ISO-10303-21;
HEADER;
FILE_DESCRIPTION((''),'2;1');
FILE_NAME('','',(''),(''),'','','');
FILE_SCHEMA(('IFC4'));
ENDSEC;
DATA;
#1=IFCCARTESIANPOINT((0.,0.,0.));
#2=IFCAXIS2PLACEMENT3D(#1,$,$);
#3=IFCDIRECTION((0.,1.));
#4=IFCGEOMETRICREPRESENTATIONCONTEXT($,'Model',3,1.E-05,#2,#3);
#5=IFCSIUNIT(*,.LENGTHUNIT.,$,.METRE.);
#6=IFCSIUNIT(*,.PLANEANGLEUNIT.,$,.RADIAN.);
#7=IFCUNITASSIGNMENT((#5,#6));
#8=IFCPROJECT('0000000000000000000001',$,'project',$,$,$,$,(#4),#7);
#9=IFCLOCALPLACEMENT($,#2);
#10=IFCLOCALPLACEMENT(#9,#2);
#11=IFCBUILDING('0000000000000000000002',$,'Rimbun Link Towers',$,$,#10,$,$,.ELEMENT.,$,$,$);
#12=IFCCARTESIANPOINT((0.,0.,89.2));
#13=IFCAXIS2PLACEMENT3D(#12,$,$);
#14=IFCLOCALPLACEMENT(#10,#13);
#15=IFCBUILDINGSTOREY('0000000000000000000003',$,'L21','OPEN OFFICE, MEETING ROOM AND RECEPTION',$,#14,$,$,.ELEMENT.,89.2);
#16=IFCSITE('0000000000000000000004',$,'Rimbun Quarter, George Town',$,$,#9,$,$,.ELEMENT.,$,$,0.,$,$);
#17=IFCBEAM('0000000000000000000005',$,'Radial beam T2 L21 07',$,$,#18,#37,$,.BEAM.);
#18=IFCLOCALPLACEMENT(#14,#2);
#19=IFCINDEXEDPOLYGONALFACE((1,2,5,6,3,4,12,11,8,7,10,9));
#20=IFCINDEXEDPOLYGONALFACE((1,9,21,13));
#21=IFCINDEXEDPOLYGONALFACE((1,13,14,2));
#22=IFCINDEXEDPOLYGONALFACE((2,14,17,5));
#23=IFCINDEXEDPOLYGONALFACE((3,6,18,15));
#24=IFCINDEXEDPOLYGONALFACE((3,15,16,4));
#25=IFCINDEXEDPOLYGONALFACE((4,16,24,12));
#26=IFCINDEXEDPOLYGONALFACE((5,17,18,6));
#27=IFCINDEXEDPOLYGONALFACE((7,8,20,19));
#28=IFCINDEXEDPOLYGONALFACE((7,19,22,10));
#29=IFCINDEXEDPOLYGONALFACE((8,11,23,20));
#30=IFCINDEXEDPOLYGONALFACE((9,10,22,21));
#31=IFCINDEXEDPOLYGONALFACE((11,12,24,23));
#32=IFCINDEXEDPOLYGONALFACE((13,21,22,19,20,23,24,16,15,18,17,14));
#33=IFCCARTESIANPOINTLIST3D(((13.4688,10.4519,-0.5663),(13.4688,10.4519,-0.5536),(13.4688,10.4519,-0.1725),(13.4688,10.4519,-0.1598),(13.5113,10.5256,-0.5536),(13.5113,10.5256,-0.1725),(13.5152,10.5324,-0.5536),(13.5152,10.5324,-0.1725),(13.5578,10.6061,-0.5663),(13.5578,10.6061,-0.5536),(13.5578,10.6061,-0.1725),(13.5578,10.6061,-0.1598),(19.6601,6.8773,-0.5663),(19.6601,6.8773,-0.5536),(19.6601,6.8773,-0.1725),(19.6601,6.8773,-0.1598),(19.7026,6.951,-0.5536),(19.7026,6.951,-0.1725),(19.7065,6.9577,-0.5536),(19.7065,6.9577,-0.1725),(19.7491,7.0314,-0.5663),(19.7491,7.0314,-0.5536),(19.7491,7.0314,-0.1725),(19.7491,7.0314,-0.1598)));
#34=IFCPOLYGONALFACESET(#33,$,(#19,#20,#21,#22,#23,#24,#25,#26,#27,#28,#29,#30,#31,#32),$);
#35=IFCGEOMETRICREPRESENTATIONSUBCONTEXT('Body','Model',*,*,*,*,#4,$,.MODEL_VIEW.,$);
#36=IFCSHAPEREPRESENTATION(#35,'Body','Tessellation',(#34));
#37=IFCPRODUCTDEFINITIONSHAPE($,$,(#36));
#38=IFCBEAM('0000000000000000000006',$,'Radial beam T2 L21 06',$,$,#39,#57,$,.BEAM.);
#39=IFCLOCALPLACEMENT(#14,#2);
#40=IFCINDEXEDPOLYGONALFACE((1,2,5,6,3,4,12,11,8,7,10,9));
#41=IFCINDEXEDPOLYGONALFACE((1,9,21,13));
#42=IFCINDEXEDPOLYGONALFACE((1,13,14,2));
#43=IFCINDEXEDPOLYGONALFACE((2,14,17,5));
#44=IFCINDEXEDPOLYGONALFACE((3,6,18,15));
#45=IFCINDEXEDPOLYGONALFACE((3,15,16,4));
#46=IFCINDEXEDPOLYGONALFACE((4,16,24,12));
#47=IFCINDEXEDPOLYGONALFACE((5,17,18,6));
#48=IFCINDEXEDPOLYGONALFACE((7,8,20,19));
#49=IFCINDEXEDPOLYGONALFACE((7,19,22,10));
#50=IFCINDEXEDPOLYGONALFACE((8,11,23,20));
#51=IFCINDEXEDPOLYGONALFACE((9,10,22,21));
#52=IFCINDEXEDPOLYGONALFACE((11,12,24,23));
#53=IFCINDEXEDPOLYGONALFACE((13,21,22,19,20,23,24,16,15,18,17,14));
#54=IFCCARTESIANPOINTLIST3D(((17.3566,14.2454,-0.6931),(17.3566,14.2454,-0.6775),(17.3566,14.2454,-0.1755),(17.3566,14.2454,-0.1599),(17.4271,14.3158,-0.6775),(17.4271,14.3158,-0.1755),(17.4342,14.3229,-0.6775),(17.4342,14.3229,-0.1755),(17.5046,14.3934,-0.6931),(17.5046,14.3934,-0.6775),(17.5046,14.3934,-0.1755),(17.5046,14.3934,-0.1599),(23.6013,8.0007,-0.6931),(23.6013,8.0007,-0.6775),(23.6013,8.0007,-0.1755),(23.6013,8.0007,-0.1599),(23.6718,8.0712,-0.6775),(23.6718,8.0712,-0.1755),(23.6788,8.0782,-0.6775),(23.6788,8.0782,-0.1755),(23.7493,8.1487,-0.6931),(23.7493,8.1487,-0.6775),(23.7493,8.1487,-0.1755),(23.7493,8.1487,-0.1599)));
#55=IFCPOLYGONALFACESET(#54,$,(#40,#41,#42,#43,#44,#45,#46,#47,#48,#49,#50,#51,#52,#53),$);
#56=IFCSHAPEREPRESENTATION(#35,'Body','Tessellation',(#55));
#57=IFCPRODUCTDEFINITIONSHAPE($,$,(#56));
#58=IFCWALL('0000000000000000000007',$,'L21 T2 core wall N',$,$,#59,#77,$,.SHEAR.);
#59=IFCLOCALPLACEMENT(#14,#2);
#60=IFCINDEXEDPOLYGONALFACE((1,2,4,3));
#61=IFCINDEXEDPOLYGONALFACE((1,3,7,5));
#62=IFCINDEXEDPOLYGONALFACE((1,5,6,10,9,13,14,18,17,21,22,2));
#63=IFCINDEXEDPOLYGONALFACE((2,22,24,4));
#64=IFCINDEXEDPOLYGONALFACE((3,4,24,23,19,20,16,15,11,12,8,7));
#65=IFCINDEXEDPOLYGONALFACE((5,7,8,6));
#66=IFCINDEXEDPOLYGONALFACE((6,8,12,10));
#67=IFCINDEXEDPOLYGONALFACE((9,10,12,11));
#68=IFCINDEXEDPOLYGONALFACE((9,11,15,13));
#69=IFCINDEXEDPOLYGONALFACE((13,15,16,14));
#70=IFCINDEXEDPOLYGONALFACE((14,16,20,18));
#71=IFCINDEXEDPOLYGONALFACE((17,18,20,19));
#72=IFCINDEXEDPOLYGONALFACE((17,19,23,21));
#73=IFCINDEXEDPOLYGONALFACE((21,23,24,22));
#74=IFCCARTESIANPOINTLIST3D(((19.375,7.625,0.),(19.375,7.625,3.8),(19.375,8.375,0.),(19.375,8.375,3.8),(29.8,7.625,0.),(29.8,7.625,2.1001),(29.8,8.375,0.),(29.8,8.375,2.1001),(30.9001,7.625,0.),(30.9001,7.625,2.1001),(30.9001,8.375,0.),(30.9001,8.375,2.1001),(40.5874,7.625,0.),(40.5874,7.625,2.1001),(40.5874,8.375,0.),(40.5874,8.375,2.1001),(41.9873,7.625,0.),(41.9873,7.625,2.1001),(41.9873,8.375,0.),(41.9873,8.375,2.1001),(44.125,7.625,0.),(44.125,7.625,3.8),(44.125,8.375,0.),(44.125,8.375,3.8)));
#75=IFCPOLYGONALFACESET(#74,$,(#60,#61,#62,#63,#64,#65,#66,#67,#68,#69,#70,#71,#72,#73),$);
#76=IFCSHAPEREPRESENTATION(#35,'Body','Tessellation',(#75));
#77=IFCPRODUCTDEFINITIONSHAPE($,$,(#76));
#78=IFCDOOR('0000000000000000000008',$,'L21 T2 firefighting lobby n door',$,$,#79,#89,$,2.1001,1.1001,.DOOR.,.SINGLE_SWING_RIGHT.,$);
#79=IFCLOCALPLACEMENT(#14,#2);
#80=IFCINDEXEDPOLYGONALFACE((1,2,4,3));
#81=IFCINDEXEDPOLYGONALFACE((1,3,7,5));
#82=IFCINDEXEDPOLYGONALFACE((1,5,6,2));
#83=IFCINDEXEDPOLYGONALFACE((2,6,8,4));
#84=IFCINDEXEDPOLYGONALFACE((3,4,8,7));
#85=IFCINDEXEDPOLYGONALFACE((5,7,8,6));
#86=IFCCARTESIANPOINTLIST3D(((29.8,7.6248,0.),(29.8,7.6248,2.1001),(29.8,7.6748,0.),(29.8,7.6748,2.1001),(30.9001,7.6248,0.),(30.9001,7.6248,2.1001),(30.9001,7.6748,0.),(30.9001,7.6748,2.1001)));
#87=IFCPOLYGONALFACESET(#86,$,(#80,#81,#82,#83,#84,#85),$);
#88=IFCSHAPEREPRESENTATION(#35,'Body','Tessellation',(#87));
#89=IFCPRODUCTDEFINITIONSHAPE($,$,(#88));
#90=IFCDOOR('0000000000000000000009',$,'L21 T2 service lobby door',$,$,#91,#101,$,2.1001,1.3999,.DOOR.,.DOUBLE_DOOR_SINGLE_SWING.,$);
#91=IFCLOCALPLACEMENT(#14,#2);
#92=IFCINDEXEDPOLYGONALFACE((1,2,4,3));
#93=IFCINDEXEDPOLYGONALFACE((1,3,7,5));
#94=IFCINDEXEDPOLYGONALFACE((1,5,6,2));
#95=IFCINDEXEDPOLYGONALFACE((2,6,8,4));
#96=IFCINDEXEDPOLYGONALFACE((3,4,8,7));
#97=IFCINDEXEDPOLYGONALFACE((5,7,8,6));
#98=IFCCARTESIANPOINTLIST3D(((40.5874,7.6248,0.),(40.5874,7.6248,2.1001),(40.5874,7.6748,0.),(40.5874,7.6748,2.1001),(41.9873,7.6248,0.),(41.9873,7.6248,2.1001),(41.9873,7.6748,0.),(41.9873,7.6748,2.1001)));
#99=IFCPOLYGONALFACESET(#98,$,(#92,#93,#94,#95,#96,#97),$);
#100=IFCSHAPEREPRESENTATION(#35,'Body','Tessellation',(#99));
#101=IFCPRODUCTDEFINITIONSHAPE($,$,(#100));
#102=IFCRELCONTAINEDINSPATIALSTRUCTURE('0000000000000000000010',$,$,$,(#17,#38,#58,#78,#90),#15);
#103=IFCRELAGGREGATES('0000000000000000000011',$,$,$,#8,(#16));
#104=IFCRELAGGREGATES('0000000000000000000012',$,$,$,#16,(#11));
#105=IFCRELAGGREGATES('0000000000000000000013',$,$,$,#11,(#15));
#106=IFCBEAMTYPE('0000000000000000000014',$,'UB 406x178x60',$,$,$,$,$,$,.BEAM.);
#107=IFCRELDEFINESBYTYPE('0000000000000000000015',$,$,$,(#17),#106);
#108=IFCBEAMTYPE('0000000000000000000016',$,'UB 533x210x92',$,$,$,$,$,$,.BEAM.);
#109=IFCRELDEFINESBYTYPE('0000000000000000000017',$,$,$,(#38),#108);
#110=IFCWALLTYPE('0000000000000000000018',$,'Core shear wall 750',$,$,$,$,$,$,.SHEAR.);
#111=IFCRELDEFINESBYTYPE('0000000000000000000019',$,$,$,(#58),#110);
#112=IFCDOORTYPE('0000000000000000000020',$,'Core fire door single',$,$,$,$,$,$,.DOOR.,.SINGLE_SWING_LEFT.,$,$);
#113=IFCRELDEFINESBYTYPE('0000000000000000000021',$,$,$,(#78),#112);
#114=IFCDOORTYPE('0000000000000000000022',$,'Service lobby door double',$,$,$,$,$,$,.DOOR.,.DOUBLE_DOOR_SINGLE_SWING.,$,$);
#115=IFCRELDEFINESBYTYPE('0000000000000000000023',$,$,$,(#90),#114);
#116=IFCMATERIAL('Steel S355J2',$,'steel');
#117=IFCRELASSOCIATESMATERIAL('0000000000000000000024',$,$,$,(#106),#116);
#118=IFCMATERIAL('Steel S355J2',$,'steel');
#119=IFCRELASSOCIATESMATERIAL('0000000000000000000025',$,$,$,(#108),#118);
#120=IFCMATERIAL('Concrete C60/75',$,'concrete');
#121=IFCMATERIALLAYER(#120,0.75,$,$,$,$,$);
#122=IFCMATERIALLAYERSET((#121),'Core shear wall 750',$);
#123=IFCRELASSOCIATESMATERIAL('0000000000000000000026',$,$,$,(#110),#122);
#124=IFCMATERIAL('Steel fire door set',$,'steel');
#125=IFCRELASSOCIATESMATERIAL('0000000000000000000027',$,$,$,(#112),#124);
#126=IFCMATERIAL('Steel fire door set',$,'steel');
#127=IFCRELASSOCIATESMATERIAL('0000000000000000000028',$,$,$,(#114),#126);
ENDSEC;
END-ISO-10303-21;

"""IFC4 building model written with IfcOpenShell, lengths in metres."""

from ifc_helpers import new_model, si_unit, direction, frame, frame_2d, origin, origin_2d, place, context, subcontext, project, spatial, rectangle, i_section, extrude, material, layer, layer_set, material_profile, profile_set, type_object, element, fill, save


model = new_model("IFC4")

# Units and contexts
model_context = context("Model", 3, precision=1e-05, world=origin(), true_north=direction((0.0, 1.0)))
body_context = subcontext(model_context, "Body", "Model", "MODEL_VIEW")
ifc_project = project(units=[si_unit("LENGTHUNIT", "METRE"), si_unit("PLANEANGLEUNIT", "RADIAN")], contexts=[model_context])

# Site, building, storey
site_placement = place(None, origin())
site = spatial("IfcSite", under=ifc_project, at=site_placement, Name="Rimbun Quarter, George Town", CompositionType="ELEMENT", RefElevation=0.0)
building_placement = place(site_placement, origin())
building = spatial("IfcBuilding", under=site, at=building_placement, Name="Rimbun Link Towers", CompositionType="ELEMENT")
storey_placement = place(building_placement, frame((0.0, 0.0, 89.2)))
storey = spatial("IfcBuildingStorey", under=building, at=storey_placement, Name="L21", Description="OPEN OFFICE, MEETING ROOM AND RECEPTION", CompositionType="ELEMENT", Elevation=89.2)

# Beams
ifc_material_1 = material(Name="Steel S355J2", Category="steel")
ifc_material_profile_1 = material_profile(ifc_material_1, i_section(OverallWidth=0.178, OverallDepth=0.4065, WebThickness=0.0078, FlangeThickness=0.0127, at=origin_2d()), Name="UB 406x178x60")
ifc_profile_set_1 = profile_set([ifc_material_profile_1], Name="Steel S355J2")
beam_type_1 = type_object("IfcBeamType", Name="UB 406x178x60", PredefinedType="BEAM", material=ifc_profile_set_1)
beam_1_placement = place(storey_placement, frame((19.7046, 6.9543, -0.363), z_axis=(-0.86602, 0.50001, 0.0), x_axis=(-0.50001, -0.86602, 0.0)))
element("IfcBeam", 1, at=beam_1_placement, inside=storey, type_object=beam_type_1, Name="Radial beam T2 L21 07", PredefinedType="BEAM", context=body_context, shape_type="SweptSolid", body=[
    extrude(i_section(OverallWidth=0.178, OverallDepth=0.4065, WebThickness=0.0078, FlangeThickness=0.0127, at=origin_2d()), origin(), (0.0, 0.0, 1.0), 7.1492),
])
ifc_material_2 = material(Name="Steel S355J2", Category="steel")
ifc_material_profile_2 = material_profile(ifc_material_2, i_section(OverallWidth=0.2092, OverallDepth=0.5332, WebThickness=0.01, FlangeThickness=0.0156, at=origin_2d()), Name="UB 533x210x92")
ifc_profile_set_2 = profile_set([ifc_material_profile_2], Name="Steel S355J2")
beam_type_2 = type_object("IfcBeamType", Name="UB 533x210x92", PredefinedType="BEAM", material=ifc_profile_set_2)
beam_2_placement = place(storey_placement, frame((23.6753, 8.0747, -0.4265), z_axis=(-0.707107, 0.707107, 0.0), x_axis=(-0.707107, -0.707107, 0.0)))
element("IfcBeam", 2, at=beam_2_placement, inside=storey, type_object=beam_type_2, Name="Radial beam T2 L21 06", PredefinedType="BEAM", context=body_context, shape_type="SweptSolid", body=[
    extrude(i_section(OverallWidth=0.2092, OverallDepth=0.5332, WebThickness=0.01, FlangeThickness=0.0156, at=origin_2d()), origin(), (0.0, 0.0, 1.0), 8.8313),
])

# Wall, openings, doors
ifc_material_3 = material(Name="Concrete C60/75", Category="concrete")
ifc_layer_1 = layer(ifc_material_3, 0.75)
ifc_layer_set_1 = layer_set([ifc_layer_1], Name="Core shear wall 750")
wall_type_1 = type_object("IfcWallType", Name="Core shear wall 750", PredefinedType="SHEAR", material=ifc_layer_set_1)
wall_1_placement = place(storey_placement, frame((19.375, 8.0, 0.0), z_axis=(0.0, 0.0, 1.0), x_axis=(1.0, 0.0, 0.0)))
wall_1 = element("IfcWall", 3, at=wall_1_placement, inside=storey, type_object=wall_type_1, Name="L21 T2 core wall N", PredefinedType="SHEAR", context=body_context, shape_type="SweptSolid", body=[
    extrude(rectangle(XDim=24.75, YDim=0.75, at=frame_2d((12.375, 0.0))), origin(), (0.0, 0.0, 1.0), 3.8),
])
opening_1_placement = place(wall_1_placement, frame((10.425, 0.0, 0.0)))
opening_1 = element("IfcOpeningElement", 4, at=opening_1_placement, cuts=wall_1, PredefinedType="OPENING", context=body_context, shape_type="SweptSolid", body=[
    extrude(rectangle(XDim=1.1001, YDim=2.1001, at=frame_2d((0.55, 1.05))), frame((0.0, 0.385, 0.0), z_axis=(0.0, -1.0, 0.0), x_axis=(1.0, 0.0, 0.0)), (0.0, 0.0, 1.0), 0.77),
])
opening_2_placement = place(wall_1_placement, frame((21.2124, 0.0, 0.0)))
opening_2 = element("IfcOpeningElement", 5, at=opening_2_placement, cuts=wall_1, PredefinedType="OPENING", context=body_context, shape_type="SweptSolid", body=[
    extrude(rectangle(XDim=1.3999, YDim=2.1001, at=frame_2d((0.7, 1.05))), frame((0.0, 0.385, 0.0), z_axis=(0.0, -1.0, 0.0), x_axis=(1.0, 0.0, 0.0)), (0.0, 0.0, 1.0), 0.77),
])
ifc_material_4 = material(Name="Steel fire door set", Category="steel")
door_type_1 = type_object("IfcDoorType", Name="Core fire door single", OperationType="SINGLE_SWING_LEFT", PredefinedType="DOOR", material=ifc_material_4)
door_1_placement = place(opening_1_placement, origin())
door_1 = element("IfcDoor", 6, at=door_1_placement, inside=storey, type_object=door_type_1, Name="L21 T2 firefighting lobby n door", OperationType="SINGLE_SWING_RIGHT", OverallHeight=2.1001, OverallWidth=1.1001, PredefinedType="DOOR", context=body_context, shape_type="SweptSolid", body=[
    extrude(rectangle(XDim=1.1001, YDim=2.1001, at=frame_2d((0.55, 1.05))), frame((0.0, -0.3252, 0.0), z_axis=(0.0, -1.0, 0.0), x_axis=(1.0, 0.0, 0.0)), (0.0, 0.0, 1.0), 0.05),
])
fill(opening_1, door_1)
ifc_material_5 = material(Name="Steel fire door set", Category="steel")
door_type_2 = type_object("IfcDoorType", Name="Service lobby door double", OperationType="DOUBLE_DOOR_SINGLE_SWING", PredefinedType="DOOR", material=ifc_material_5)
door_2_placement = place(opening_2_placement, origin())
door_2 = element("IfcDoor", 7, at=door_2_placement, inside=storey, type_object=door_type_2, Name="L21 T2 service lobby door", OperationType="DOUBLE_DOOR_SINGLE_SWING", OverallHeight=2.1001, OverallWidth=1.3999, PredefinedType="DOOR", context=body_context, shape_type="SweptSolid", body=[
    extrude(rectangle(XDim=1.3999, YDim=2.1001, at=frame_2d((0.7, 1.05))), frame((0.0, -0.3252, 0.0), z_axis=(0.0, -1.0, 0.0), x_axis=(1.0, 0.0, 0.0)), (0.0, 0.0, 1.0), 0.05),
])
fill(opening_2, door_2)

save(model, "model.ifc")
